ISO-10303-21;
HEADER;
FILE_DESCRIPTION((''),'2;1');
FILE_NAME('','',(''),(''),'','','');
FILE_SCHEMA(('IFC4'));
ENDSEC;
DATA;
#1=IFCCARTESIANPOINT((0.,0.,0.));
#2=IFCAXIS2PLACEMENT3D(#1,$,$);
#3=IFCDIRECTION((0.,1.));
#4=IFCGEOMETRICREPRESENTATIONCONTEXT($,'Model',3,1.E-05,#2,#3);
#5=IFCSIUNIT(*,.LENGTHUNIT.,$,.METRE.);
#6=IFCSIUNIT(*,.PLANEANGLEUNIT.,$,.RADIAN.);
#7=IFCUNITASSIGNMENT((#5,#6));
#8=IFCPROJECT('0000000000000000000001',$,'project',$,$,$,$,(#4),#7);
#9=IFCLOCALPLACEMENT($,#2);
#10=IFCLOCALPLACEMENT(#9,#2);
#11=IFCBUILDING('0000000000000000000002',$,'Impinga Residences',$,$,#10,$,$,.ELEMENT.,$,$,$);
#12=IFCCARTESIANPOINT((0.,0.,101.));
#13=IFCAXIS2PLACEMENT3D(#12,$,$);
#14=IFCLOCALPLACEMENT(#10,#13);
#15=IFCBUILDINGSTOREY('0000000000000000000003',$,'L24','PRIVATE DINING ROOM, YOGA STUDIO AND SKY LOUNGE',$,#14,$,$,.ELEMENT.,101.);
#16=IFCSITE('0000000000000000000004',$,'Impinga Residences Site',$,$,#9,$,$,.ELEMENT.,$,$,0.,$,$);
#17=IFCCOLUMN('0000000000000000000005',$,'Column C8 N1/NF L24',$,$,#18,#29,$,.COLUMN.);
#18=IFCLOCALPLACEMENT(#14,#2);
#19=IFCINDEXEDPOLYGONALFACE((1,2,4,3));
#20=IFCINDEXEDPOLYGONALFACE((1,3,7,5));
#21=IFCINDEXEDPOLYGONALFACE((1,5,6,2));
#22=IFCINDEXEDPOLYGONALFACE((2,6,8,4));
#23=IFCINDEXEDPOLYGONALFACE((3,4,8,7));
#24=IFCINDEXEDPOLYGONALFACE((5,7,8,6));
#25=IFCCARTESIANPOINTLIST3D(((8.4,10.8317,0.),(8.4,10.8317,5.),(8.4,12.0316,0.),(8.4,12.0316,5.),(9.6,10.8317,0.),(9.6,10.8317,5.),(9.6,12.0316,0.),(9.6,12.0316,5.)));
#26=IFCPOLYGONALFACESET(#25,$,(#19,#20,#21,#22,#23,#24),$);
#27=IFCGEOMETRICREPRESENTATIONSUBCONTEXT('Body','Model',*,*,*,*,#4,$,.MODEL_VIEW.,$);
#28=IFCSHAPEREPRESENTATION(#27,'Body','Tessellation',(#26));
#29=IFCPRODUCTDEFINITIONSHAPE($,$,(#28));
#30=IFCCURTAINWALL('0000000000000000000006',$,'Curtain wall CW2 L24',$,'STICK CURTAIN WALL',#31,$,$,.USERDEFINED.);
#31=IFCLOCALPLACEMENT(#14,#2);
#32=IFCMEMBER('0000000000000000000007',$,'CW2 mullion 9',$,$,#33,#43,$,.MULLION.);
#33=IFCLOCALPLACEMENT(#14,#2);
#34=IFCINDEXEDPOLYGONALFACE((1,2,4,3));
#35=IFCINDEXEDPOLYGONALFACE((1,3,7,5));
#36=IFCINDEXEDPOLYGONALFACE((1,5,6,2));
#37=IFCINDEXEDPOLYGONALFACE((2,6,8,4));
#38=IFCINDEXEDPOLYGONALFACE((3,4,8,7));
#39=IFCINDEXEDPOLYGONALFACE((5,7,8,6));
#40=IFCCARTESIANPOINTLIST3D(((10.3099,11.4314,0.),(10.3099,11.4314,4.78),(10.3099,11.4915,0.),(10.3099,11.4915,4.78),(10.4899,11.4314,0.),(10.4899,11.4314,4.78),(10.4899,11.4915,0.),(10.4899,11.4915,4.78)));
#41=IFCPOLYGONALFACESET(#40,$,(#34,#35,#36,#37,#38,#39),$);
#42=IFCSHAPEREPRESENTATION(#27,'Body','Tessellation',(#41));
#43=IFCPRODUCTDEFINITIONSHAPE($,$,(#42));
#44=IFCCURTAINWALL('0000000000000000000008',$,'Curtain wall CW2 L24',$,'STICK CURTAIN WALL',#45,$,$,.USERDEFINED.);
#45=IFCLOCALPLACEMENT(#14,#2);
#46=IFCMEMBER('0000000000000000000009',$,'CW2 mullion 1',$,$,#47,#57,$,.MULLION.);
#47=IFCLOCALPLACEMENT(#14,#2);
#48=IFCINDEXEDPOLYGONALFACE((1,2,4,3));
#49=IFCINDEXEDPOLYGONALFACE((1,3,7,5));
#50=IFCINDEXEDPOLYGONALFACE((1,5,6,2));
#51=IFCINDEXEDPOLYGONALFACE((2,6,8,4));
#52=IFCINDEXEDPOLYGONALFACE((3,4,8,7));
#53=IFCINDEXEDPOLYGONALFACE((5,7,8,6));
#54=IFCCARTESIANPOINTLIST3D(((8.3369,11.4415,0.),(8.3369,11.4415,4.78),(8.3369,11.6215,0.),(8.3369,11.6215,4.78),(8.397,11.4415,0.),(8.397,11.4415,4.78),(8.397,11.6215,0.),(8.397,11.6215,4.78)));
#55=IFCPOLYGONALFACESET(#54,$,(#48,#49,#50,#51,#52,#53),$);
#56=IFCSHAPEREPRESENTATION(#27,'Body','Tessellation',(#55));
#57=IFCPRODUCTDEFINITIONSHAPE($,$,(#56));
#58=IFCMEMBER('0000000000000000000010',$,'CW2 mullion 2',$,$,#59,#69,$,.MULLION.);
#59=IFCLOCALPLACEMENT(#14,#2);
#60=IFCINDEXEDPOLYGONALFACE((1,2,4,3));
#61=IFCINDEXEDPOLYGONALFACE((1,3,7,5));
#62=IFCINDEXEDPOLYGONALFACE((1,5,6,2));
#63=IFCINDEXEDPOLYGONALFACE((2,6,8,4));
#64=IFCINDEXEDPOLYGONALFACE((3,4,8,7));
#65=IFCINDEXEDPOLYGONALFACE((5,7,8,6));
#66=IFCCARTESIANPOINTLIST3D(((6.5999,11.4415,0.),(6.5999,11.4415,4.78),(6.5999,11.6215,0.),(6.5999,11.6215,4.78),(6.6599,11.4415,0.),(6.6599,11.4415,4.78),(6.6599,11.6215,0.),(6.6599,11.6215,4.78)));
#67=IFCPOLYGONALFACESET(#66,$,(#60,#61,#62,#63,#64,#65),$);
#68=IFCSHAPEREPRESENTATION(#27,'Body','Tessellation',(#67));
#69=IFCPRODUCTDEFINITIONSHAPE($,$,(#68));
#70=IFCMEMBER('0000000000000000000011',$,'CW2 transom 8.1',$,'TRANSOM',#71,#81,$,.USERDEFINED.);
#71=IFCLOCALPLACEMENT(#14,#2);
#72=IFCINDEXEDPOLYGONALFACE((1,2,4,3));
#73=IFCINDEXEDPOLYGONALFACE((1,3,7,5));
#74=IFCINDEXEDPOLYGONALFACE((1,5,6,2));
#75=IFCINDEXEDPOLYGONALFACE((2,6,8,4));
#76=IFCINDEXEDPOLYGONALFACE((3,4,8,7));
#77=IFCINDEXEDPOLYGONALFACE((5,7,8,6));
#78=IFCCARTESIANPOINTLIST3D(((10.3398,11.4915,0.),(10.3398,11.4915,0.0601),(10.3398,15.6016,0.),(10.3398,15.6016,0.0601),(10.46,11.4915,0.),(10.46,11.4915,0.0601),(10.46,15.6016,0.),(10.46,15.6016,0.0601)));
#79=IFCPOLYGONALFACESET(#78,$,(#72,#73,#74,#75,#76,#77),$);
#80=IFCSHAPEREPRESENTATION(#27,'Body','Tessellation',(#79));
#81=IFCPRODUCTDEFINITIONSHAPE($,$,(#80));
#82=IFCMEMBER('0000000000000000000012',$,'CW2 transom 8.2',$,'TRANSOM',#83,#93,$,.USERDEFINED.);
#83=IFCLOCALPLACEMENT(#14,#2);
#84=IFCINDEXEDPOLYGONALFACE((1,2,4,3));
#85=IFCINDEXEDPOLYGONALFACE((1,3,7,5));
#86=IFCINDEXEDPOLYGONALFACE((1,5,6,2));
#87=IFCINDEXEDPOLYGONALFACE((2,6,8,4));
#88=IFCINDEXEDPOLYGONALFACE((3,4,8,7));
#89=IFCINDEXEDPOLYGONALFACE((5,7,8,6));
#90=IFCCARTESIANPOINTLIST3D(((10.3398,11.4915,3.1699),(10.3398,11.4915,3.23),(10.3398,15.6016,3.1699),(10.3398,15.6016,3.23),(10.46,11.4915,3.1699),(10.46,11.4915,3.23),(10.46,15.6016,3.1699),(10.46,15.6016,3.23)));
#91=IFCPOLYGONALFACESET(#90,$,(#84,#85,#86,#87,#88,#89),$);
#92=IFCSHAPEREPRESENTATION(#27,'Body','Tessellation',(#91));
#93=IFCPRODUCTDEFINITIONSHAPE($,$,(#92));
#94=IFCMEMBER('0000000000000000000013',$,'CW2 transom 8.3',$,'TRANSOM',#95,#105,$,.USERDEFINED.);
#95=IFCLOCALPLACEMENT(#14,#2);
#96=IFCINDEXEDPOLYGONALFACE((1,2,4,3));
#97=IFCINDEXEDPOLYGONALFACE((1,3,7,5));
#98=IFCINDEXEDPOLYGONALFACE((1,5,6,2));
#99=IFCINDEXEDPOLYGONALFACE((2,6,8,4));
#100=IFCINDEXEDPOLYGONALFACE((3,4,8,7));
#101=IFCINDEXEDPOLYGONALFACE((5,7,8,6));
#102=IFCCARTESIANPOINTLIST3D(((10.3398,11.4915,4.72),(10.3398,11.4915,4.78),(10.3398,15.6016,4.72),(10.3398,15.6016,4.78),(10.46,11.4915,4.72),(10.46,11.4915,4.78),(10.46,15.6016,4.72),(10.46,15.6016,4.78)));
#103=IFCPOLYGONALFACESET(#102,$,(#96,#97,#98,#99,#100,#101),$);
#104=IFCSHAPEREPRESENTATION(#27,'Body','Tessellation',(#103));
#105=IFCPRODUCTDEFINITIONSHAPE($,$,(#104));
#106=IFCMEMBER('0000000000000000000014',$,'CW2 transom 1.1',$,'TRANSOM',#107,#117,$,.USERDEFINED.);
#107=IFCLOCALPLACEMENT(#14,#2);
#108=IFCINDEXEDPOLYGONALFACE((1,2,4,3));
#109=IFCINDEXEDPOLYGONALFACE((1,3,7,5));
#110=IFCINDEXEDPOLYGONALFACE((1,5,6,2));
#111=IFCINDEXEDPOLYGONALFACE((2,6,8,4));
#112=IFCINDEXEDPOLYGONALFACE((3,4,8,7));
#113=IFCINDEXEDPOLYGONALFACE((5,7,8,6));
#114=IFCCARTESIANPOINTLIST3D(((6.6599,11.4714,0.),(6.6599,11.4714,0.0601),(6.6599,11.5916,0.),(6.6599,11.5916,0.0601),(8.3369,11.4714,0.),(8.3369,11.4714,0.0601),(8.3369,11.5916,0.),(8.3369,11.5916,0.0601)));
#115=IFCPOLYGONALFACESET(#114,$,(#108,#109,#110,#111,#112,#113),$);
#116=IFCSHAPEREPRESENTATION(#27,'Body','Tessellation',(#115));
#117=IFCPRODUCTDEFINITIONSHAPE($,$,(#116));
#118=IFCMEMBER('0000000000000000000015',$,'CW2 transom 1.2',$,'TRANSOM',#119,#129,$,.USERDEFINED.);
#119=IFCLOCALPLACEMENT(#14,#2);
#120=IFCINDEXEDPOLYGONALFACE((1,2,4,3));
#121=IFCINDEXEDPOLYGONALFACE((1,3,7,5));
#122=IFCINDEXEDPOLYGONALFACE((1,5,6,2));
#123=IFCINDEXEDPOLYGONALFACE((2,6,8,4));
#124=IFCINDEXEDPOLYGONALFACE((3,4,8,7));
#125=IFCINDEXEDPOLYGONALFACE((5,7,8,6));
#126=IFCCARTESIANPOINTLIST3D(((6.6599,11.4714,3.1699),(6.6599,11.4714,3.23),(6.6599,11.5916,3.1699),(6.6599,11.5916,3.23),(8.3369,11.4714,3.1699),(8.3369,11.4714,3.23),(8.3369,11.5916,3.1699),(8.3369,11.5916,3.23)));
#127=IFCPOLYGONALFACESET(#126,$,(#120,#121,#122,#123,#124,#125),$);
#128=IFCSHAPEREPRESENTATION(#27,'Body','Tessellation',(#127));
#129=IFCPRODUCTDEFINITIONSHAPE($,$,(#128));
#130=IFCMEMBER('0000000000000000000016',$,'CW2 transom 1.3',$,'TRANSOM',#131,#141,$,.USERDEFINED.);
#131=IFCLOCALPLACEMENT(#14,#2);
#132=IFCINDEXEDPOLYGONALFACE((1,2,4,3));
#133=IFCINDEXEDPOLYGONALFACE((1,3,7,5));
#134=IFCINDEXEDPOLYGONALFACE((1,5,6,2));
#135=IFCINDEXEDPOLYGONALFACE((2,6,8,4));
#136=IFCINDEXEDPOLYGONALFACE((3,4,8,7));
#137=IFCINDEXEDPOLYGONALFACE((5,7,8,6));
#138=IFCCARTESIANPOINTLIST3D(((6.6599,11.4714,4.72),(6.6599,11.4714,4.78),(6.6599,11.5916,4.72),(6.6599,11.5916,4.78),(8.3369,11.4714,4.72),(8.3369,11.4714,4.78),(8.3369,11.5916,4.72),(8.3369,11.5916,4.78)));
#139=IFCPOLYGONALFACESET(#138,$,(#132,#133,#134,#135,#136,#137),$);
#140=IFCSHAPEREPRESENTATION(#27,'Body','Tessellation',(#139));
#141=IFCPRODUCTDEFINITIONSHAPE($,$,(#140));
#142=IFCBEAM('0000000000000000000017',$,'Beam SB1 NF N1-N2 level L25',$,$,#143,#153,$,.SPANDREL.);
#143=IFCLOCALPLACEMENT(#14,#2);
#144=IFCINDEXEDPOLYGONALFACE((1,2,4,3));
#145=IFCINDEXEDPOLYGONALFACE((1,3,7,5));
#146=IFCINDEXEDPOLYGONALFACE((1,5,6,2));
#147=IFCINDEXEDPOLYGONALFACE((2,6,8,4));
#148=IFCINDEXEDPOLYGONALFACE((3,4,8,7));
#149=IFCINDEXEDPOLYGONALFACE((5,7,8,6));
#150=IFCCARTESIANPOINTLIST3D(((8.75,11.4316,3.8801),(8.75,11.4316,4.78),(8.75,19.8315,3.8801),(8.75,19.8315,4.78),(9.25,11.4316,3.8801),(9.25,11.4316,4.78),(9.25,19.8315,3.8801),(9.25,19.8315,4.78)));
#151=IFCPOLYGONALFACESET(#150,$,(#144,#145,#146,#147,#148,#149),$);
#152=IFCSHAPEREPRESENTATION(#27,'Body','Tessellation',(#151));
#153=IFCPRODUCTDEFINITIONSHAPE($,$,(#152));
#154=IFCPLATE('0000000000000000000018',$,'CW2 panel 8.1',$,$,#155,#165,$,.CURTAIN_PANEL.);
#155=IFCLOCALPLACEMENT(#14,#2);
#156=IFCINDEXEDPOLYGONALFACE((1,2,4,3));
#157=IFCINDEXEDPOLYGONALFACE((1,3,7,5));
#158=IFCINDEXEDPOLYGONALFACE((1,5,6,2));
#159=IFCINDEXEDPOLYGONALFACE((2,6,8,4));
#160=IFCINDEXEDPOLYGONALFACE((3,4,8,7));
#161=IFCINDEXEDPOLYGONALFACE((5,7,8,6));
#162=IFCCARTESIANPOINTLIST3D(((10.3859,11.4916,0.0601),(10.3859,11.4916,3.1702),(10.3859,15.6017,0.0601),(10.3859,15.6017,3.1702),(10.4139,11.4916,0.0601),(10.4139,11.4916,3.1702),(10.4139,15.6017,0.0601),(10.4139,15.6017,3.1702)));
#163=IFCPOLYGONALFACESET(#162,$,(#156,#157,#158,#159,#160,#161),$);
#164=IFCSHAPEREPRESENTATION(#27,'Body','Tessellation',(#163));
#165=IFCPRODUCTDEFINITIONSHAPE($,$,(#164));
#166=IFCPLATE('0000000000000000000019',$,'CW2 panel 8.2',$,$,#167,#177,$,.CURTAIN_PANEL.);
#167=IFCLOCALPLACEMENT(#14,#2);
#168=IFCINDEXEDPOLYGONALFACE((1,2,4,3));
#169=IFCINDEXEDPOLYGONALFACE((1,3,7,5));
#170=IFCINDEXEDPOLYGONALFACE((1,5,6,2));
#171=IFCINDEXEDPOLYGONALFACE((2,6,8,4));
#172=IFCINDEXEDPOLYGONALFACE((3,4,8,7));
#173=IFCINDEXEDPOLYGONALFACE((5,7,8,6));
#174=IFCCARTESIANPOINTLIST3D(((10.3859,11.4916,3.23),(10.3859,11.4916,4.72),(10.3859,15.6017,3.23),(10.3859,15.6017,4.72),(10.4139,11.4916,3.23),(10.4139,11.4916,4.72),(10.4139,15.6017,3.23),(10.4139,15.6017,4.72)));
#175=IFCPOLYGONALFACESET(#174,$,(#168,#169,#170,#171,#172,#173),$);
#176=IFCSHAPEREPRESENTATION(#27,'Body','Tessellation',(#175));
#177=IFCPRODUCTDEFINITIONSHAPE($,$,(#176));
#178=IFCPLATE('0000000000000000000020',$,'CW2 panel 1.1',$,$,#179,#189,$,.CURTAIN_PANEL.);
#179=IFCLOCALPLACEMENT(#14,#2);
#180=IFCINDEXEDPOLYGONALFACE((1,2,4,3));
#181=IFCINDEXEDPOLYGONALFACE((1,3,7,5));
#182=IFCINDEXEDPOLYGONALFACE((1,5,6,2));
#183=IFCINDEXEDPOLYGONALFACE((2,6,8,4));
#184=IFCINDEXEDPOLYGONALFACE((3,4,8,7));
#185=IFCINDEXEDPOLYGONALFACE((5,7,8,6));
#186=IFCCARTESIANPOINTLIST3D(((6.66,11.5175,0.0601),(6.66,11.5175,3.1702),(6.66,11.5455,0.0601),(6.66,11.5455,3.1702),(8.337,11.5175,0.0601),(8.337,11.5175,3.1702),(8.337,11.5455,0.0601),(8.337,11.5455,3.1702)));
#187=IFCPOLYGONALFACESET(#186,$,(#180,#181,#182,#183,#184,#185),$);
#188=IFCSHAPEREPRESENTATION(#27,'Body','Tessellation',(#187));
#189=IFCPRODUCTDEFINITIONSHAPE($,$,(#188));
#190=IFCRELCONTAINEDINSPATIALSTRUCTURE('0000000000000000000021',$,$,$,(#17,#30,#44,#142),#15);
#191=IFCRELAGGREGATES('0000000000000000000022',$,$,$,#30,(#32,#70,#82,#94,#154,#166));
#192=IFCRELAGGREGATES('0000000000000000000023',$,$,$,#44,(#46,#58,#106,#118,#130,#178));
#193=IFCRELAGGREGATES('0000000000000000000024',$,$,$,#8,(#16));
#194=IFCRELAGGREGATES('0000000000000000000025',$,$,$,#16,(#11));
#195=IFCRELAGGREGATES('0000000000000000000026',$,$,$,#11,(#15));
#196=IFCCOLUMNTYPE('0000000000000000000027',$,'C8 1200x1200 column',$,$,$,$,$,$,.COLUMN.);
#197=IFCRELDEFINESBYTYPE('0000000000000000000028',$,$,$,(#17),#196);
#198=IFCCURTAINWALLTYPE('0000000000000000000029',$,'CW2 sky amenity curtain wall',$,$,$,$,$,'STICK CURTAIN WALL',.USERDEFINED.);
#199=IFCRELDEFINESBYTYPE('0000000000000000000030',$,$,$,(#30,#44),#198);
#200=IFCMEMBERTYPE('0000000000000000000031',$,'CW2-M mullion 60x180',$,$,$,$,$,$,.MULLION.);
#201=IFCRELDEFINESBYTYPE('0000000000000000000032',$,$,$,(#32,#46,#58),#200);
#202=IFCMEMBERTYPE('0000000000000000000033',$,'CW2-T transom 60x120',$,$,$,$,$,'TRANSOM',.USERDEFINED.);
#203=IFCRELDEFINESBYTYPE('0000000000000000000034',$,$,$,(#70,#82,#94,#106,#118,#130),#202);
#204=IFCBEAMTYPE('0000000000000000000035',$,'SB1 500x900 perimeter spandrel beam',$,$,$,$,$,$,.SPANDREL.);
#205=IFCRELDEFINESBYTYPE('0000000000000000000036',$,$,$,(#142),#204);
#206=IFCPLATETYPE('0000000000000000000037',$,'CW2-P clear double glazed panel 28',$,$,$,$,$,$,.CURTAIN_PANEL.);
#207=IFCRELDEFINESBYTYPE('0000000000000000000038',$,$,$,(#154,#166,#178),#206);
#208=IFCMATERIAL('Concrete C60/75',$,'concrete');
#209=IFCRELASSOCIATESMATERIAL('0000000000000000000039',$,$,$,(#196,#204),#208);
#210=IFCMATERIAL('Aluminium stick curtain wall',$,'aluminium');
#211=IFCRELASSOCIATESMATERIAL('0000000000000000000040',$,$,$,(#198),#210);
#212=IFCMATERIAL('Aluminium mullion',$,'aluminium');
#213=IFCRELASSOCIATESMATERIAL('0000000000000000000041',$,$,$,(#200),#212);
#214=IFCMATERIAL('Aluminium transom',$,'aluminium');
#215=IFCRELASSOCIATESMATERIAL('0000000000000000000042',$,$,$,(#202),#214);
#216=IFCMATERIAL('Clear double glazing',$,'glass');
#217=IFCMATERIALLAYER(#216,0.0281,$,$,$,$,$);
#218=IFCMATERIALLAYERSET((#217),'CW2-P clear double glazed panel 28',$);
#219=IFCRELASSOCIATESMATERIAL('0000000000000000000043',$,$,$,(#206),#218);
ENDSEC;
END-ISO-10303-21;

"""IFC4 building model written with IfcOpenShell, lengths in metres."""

from ifc_helpers import new_model, si_unit, direction, frame, origin, origin_2d, place, context, subcontext, project, spatial, rectangle, extrude, material, layer, layer_set, material_profile, profile_set, type_object, element, aggregate, save


model = new_model("IFC4")

# Units and contexts
model_context = context("Model", 3, precision=1e-05, world=origin(), true_north=direction((0.0, 1.0)))
body_context = subcontext(model_context, "Body", "Model", "MODEL_VIEW")
ifc_project = project(units=[si_unit("LENGTHUNIT", "METRE"), si_unit("PLANEANGLEUNIT", "RADIAN")], contexts=[model_context])

# Site, building, storey
site_placement = place(None, origin())
site = spatial("IfcSite", under=ifc_project, at=site_placement, Name="Impinga Residences Site", CompositionType="ELEMENT", RefElevation=0.0)
building_placement = place(site_placement, origin())
building = spatial("IfcBuilding", under=site, at=building_placement, Name="Impinga Residences", CompositionType="ELEMENT")
storey_placement = place(building_placement, frame((0.0, 0.0, 101.0)))
storey = spatial("IfcBuildingStorey", under=building, at=storey_placement, Name="L24", Description="PRIVATE DINING ROOM, YOGA STUDIO AND SKY LOUNGE", CompositionType="ELEMENT", Elevation=101.0)

# Column
ifc_material_1 = material(Name="Concrete C60/75", Category="concrete")
ifc_material_profile_1 = material_profile(ifc_material_1, rectangle(XDim=1.2, YDim=1.2, at=origin_2d()), Name="RC 1200x1200")
ifc_profile_set_1 = profile_set([ifc_material_profile_1], Name="Concrete C60/75")
column_type = type_object("IfcColumnType", Name="C8 1200x1200 column", PredefinedType="COLUMN", material=ifc_profile_set_1)
column_placement = place(storey_placement, frame((9.0, 11.4316, 0.0), z_axis=(0.0, 0.0, 1.0), x_axis=(1.0, 0.0, 0.0)))
element("IfcColumn", 1, at=column_placement, inside=storey, type_object=column_type, Name="Column C8 N1/NF L24", PredefinedType="COLUMN", context=body_context, shape_type="SweptSolid", body=[
    extrude(rectangle(XDim=1.2, YDim=1.2, at=origin_2d()), origin(), (0.0, 0.0, 1.0), 5.0),
])

# Curtain wall, member
ifc_material_2 = material(Name="Aluminium stick curtain wall", Category="aluminium")
curtain_wall_type = type_object("IfcCurtainWallType", Name="CW2 sky amenity curtain wall", ElementType="STICK CURTAIN WALL", PredefinedType="USERDEFINED", material=ifc_material_2)
curtain_wall_1_placement = place(storey_placement, origin())
curtain_wall_1 = element("IfcCurtainWall", 2, at=curtain_wall_1_placement, inside=storey, type_object=curtain_wall_type, Name="Curtain wall CW2 L24", ObjectType="STICK CURTAIN WALL", PredefinedType="USERDEFINED")
ifc_material_3 = material(Name="Aluminium mullion", Category="aluminium")
ifc_material_profile_2 = material_profile(ifc_material_3, rectangle(XDim=0.0601, YDim=0.1799, at=origin_2d()), Name="60x180 mullion")
ifc_profile_set_2 = profile_set([ifc_material_profile_2], Name="Aluminium mullion")
member_type_1 = type_object("IfcMemberType", Name="CW2-M mullion 60x180", PredefinedType="MULLION", material=ifc_profile_set_2)
member_1_placement = place(storey_placement, frame((10.3999, 11.4614, 0.0), z_axis=(0.0, 0.0, 1.0), x_axis=(0.0, -1.0, 0.0)))
member_1 = element("IfcMember", 3, at=member_1_placement, type_object=member_type_1, Name="CW2 mullion 9", PredefinedType="MULLION", context=body_context, shape_type="SweptSolid", body=[
    extrude(rectangle(XDim=0.0601, YDim=0.1799, at=origin_2d()), origin(), (0.0, 0.0, 1.0), 4.78),
])

# Curtain wall, members
curtain_wall_2_placement = place(storey_placement, origin())
curtain_wall_2 = element("IfcCurtainWall", 4, at=curtain_wall_2_placement, inside=storey, type_object=curtain_wall_type, Name="Curtain wall CW2 L24", ObjectType="STICK CURTAIN WALL", PredefinedType="USERDEFINED")
member_2_placement = place(storey_placement, frame((8.3669, 11.5315, 0.0), z_axis=(0.0, 0.0, 1.0), x_axis=(-1.0, 0.0, 0.0)))
member_2 = element("IfcMember", 5, at=member_2_placement, type_object=member_type_1, Name="CW2 mullion 1", PredefinedType="MULLION", context=body_context, shape_type="SweptSolid", body=[
    extrude(rectangle(XDim=0.0601, YDim=0.1799, at=origin_2d()), origin(), (0.0, 0.0, 1.0), 4.78),
])
member_3_placement = place(storey_placement, frame((6.6299, 11.5315, 0.0), z_axis=(0.0, 0.0, 1.0), x_axis=(-1.0, 0.0, 0.0)))
member_3 = element("IfcMember", 6, at=member_3_placement, type_object=member_type_1, Name="CW2 mullion 2", PredefinedType="MULLION", context=body_context, shape_type="SweptSolid", body=[
    extrude(rectangle(XDim=0.0601, YDim=0.1799, at=origin_2d()), origin(), (0.0, 0.0, 1.0), 4.78),
])

# Members
ifc_material_4 = material(Name="Aluminium transom", Category="aluminium")
ifc_material_profile_3 = material_profile(ifc_material_4, rectangle(XDim=0.0601, YDim=0.1201, at=origin_2d()), Name="60x120 transom")
ifc_profile_set_3 = profile_set([ifc_material_profile_3], Name="Aluminium transom")
member_type_2 = type_object("IfcMemberType", Name="CW2-T transom 60x120", ElementType="TRANSOM", PredefinedType="USERDEFINED", material=ifc_profile_set_3)
member_4_placement = place(storey_placement, frame((10.3999, 15.6016, 0.03), z_axis=(0.0, -1.0, 0.0), x_axis=(0.0, 0.0, 1.0)))
member_4 = element("IfcMember", 7, at=member_4_placement, type_object=member_type_2, Name="CW2 transom 8.1", ObjectType="TRANSOM", PredefinedType="USERDEFINED", context=body_context, shape_type="SweptSolid", body=[
    extrude(rectangle(XDim=0.0601, YDim=0.1201, at=origin_2d()), origin(), (0.0, 0.0, 1.0), 4.1101),
])
member_5_placement = place(storey_placement, frame((10.3999, 15.6016, 3.2), z_axis=(0.0, -1.0, 0.0), x_axis=(0.0, 0.0, 1.0)))
member_5 = element("IfcMember", 8, at=member_5_placement, type_object=member_type_2, Name="CW2 transom 8.2", ObjectType="TRANSOM", PredefinedType="USERDEFINED", context=body_context, shape_type="SweptSolid", body=[
    extrude(rectangle(XDim=0.0601, YDim=0.1201, at=origin_2d()), origin(), (0.0, 0.0, 1.0), 4.1101),
])
member_6_placement = place(storey_placement, frame((10.3999, 15.6016, 4.75), z_axis=(0.0, -1.0, 0.0), x_axis=(0.0, 0.0, 1.0)))
member_6 = element("IfcMember", 9, at=member_6_placement, type_object=member_type_2, Name="CW2 transom 8.3", ObjectType="TRANSOM", PredefinedType="USERDEFINED", context=body_context, shape_type="SweptSolid", body=[
    extrude(rectangle(XDim=0.0601, YDim=0.1201, at=origin_2d()), origin(), (0.0, 0.0, 1.0), 4.1101),
])
member_7_placement = place(storey_placement, frame((8.3369, 11.5315, 0.03), z_axis=(-1.0, 0.0, 0.0), x_axis=(0.0, 0.0, 1.0)))
member_7 = element("IfcMember", 10, at=member_7_placement, type_object=member_type_2, Name="CW2 transom 1.1", ObjectType="TRANSOM", PredefinedType="USERDEFINED", context=body_context, shape_type="SweptSolid", body=[
    extrude(rectangle(XDim=0.0601, YDim=0.1201, at=origin_2d()), origin(), (0.0, 0.0, 1.0), 1.677),
])
member_8_placement = place(storey_placement, frame((8.3369, 11.5315, 3.2), z_axis=(-1.0, 0.0, 0.0), x_axis=(0.0, 0.0, 1.0)))
member_8 = element("IfcMember", 11, at=member_8_placement, type_object=member_type_2, Name="CW2 transom 1.2", ObjectType="TRANSOM", PredefinedType="USERDEFINED", context=body_context, shape_type="SweptSolid", body=[
    extrude(rectangle(XDim=0.0601, YDim=0.1201, at=origin_2d()), origin(), (0.0, 0.0, 1.0), 1.677),
])
member_9_placement = place(storey_placement, frame((8.3369, 11.5315, 4.75), z_axis=(-1.0, 0.0, 0.0), x_axis=(0.0, 0.0, 1.0)))
member_9 = element("IfcMember", 12, at=member_9_placement, type_object=member_type_2, Name="CW2 transom 1.3", ObjectType="TRANSOM", PredefinedType="USERDEFINED", context=body_context, shape_type="SweptSolid", body=[
    extrude(rectangle(XDim=0.0601, YDim=0.1201, at=origin_2d()), origin(), (0.0, 0.0, 1.0), 1.677),
])

# Beam
ifc_material_profile_4 = material_profile(ifc_material_1, rectangle(XDim=0.5, YDim=0.8999, at=origin_2d()), Name="RC 500x900")
ifc_profile_set_4 = profile_set([ifc_material_profile_4], Name="Concrete C60/75")
beam_type = type_object("IfcBeamType", Name="SB1 500x900 perimeter spandrel beam", PredefinedType="SPANDREL", material=ifc_profile_set_4)
beam_placement = place(storey_placement, frame((9.0, 11.4316, 4.3301), z_axis=(0.0, 1.0, 0.0), x_axis=(-1.0, 0.0, 0.0)))
element("IfcBeam", 13, at=beam_placement, inside=storey, type_object=beam_type, Name="Beam SB1 NF N1-N2 level L25", PredefinedType="SPANDREL", context=body_context, shape_type="SweptSolid", body=[
    extrude(rectangle(XDim=0.5, YDim=0.8999, at=origin_2d()), origin(), (0.0, 0.0, 1.0), 8.3999),
])

# Plates
ifc_material_5 = material(Name="Clear double glazing", Category="glass")
ifc_layer_1 = layer(ifc_material_5, 0.0281)
ifc_layer_set_1 = layer_set([ifc_layer_1], Name="CW2-P clear double glazed panel 28")
plate_type = type_object("IfcPlateType", Name="CW2-P clear double glazed panel 28", PredefinedType="CURTAIN_PANEL", material=ifc_layer_set_1)
plate_1_placement = place(storey_placement, frame((10.3999, 13.5466, 0.0601), z_axis=(0.0, 0.0, 1.0), x_axis=(0.0, -1.0, 0.0)))
plate_1 = element("IfcPlate", 14, at=plate_1_placement, type_object=plate_type, Name="CW2 panel 8.1", PredefinedType="CURTAIN_PANEL", context=body_context, shape_type="SweptSolid", body=[
    extrude(rectangle(XDim=4.1101, YDim=0.0281, at=origin_2d()), origin(), (0.0, 0.0, 1.0), 3.1101),
])
plate_2_placement = place(storey_placement, frame((10.3999, 13.5466, 3.23), z_axis=(0.0, 0.0, 1.0), x_axis=(0.0, -1.0, 0.0)))
plate_2 = element("IfcPlate", 15, at=plate_2_placement, type_object=plate_type, Name="CW2 panel 8.2", PredefinedType="CURTAIN_PANEL", context=body_context, shape_type="SweptSolid", body=[
    extrude(rectangle(XDim=4.1101, YDim=0.0281, at=origin_2d()), origin(), (0.0, 0.0, 1.0), 1.49),
])
aggregate(curtain_wall_1, [member_1, member_4, member_5, member_6, plate_1, plate_2])
plate_3_placement = place(storey_placement, frame((7.4985, 11.5315, 0.0601), z_axis=(0.0, 0.0, 1.0), x_axis=(-1.0, 0.0, 0.0)))
plate_3 = element("IfcPlate", 16, at=plate_3_placement, type_object=plate_type, Name="CW2 panel 1.1", PredefinedType="CURTAIN_PANEL", context=body_context, shape_type="SweptSolid", body=[
    extrude(rectangle(XDim=1.677, YDim=0.0281, at=origin_2d()), origin(), (0.0, 0.0, 1.0), 3.1101),
])
aggregate(curtain_wall_2, [member_2, member_3, member_7, member_8, member_9, plate_3])

save(model, "model.ifc")
